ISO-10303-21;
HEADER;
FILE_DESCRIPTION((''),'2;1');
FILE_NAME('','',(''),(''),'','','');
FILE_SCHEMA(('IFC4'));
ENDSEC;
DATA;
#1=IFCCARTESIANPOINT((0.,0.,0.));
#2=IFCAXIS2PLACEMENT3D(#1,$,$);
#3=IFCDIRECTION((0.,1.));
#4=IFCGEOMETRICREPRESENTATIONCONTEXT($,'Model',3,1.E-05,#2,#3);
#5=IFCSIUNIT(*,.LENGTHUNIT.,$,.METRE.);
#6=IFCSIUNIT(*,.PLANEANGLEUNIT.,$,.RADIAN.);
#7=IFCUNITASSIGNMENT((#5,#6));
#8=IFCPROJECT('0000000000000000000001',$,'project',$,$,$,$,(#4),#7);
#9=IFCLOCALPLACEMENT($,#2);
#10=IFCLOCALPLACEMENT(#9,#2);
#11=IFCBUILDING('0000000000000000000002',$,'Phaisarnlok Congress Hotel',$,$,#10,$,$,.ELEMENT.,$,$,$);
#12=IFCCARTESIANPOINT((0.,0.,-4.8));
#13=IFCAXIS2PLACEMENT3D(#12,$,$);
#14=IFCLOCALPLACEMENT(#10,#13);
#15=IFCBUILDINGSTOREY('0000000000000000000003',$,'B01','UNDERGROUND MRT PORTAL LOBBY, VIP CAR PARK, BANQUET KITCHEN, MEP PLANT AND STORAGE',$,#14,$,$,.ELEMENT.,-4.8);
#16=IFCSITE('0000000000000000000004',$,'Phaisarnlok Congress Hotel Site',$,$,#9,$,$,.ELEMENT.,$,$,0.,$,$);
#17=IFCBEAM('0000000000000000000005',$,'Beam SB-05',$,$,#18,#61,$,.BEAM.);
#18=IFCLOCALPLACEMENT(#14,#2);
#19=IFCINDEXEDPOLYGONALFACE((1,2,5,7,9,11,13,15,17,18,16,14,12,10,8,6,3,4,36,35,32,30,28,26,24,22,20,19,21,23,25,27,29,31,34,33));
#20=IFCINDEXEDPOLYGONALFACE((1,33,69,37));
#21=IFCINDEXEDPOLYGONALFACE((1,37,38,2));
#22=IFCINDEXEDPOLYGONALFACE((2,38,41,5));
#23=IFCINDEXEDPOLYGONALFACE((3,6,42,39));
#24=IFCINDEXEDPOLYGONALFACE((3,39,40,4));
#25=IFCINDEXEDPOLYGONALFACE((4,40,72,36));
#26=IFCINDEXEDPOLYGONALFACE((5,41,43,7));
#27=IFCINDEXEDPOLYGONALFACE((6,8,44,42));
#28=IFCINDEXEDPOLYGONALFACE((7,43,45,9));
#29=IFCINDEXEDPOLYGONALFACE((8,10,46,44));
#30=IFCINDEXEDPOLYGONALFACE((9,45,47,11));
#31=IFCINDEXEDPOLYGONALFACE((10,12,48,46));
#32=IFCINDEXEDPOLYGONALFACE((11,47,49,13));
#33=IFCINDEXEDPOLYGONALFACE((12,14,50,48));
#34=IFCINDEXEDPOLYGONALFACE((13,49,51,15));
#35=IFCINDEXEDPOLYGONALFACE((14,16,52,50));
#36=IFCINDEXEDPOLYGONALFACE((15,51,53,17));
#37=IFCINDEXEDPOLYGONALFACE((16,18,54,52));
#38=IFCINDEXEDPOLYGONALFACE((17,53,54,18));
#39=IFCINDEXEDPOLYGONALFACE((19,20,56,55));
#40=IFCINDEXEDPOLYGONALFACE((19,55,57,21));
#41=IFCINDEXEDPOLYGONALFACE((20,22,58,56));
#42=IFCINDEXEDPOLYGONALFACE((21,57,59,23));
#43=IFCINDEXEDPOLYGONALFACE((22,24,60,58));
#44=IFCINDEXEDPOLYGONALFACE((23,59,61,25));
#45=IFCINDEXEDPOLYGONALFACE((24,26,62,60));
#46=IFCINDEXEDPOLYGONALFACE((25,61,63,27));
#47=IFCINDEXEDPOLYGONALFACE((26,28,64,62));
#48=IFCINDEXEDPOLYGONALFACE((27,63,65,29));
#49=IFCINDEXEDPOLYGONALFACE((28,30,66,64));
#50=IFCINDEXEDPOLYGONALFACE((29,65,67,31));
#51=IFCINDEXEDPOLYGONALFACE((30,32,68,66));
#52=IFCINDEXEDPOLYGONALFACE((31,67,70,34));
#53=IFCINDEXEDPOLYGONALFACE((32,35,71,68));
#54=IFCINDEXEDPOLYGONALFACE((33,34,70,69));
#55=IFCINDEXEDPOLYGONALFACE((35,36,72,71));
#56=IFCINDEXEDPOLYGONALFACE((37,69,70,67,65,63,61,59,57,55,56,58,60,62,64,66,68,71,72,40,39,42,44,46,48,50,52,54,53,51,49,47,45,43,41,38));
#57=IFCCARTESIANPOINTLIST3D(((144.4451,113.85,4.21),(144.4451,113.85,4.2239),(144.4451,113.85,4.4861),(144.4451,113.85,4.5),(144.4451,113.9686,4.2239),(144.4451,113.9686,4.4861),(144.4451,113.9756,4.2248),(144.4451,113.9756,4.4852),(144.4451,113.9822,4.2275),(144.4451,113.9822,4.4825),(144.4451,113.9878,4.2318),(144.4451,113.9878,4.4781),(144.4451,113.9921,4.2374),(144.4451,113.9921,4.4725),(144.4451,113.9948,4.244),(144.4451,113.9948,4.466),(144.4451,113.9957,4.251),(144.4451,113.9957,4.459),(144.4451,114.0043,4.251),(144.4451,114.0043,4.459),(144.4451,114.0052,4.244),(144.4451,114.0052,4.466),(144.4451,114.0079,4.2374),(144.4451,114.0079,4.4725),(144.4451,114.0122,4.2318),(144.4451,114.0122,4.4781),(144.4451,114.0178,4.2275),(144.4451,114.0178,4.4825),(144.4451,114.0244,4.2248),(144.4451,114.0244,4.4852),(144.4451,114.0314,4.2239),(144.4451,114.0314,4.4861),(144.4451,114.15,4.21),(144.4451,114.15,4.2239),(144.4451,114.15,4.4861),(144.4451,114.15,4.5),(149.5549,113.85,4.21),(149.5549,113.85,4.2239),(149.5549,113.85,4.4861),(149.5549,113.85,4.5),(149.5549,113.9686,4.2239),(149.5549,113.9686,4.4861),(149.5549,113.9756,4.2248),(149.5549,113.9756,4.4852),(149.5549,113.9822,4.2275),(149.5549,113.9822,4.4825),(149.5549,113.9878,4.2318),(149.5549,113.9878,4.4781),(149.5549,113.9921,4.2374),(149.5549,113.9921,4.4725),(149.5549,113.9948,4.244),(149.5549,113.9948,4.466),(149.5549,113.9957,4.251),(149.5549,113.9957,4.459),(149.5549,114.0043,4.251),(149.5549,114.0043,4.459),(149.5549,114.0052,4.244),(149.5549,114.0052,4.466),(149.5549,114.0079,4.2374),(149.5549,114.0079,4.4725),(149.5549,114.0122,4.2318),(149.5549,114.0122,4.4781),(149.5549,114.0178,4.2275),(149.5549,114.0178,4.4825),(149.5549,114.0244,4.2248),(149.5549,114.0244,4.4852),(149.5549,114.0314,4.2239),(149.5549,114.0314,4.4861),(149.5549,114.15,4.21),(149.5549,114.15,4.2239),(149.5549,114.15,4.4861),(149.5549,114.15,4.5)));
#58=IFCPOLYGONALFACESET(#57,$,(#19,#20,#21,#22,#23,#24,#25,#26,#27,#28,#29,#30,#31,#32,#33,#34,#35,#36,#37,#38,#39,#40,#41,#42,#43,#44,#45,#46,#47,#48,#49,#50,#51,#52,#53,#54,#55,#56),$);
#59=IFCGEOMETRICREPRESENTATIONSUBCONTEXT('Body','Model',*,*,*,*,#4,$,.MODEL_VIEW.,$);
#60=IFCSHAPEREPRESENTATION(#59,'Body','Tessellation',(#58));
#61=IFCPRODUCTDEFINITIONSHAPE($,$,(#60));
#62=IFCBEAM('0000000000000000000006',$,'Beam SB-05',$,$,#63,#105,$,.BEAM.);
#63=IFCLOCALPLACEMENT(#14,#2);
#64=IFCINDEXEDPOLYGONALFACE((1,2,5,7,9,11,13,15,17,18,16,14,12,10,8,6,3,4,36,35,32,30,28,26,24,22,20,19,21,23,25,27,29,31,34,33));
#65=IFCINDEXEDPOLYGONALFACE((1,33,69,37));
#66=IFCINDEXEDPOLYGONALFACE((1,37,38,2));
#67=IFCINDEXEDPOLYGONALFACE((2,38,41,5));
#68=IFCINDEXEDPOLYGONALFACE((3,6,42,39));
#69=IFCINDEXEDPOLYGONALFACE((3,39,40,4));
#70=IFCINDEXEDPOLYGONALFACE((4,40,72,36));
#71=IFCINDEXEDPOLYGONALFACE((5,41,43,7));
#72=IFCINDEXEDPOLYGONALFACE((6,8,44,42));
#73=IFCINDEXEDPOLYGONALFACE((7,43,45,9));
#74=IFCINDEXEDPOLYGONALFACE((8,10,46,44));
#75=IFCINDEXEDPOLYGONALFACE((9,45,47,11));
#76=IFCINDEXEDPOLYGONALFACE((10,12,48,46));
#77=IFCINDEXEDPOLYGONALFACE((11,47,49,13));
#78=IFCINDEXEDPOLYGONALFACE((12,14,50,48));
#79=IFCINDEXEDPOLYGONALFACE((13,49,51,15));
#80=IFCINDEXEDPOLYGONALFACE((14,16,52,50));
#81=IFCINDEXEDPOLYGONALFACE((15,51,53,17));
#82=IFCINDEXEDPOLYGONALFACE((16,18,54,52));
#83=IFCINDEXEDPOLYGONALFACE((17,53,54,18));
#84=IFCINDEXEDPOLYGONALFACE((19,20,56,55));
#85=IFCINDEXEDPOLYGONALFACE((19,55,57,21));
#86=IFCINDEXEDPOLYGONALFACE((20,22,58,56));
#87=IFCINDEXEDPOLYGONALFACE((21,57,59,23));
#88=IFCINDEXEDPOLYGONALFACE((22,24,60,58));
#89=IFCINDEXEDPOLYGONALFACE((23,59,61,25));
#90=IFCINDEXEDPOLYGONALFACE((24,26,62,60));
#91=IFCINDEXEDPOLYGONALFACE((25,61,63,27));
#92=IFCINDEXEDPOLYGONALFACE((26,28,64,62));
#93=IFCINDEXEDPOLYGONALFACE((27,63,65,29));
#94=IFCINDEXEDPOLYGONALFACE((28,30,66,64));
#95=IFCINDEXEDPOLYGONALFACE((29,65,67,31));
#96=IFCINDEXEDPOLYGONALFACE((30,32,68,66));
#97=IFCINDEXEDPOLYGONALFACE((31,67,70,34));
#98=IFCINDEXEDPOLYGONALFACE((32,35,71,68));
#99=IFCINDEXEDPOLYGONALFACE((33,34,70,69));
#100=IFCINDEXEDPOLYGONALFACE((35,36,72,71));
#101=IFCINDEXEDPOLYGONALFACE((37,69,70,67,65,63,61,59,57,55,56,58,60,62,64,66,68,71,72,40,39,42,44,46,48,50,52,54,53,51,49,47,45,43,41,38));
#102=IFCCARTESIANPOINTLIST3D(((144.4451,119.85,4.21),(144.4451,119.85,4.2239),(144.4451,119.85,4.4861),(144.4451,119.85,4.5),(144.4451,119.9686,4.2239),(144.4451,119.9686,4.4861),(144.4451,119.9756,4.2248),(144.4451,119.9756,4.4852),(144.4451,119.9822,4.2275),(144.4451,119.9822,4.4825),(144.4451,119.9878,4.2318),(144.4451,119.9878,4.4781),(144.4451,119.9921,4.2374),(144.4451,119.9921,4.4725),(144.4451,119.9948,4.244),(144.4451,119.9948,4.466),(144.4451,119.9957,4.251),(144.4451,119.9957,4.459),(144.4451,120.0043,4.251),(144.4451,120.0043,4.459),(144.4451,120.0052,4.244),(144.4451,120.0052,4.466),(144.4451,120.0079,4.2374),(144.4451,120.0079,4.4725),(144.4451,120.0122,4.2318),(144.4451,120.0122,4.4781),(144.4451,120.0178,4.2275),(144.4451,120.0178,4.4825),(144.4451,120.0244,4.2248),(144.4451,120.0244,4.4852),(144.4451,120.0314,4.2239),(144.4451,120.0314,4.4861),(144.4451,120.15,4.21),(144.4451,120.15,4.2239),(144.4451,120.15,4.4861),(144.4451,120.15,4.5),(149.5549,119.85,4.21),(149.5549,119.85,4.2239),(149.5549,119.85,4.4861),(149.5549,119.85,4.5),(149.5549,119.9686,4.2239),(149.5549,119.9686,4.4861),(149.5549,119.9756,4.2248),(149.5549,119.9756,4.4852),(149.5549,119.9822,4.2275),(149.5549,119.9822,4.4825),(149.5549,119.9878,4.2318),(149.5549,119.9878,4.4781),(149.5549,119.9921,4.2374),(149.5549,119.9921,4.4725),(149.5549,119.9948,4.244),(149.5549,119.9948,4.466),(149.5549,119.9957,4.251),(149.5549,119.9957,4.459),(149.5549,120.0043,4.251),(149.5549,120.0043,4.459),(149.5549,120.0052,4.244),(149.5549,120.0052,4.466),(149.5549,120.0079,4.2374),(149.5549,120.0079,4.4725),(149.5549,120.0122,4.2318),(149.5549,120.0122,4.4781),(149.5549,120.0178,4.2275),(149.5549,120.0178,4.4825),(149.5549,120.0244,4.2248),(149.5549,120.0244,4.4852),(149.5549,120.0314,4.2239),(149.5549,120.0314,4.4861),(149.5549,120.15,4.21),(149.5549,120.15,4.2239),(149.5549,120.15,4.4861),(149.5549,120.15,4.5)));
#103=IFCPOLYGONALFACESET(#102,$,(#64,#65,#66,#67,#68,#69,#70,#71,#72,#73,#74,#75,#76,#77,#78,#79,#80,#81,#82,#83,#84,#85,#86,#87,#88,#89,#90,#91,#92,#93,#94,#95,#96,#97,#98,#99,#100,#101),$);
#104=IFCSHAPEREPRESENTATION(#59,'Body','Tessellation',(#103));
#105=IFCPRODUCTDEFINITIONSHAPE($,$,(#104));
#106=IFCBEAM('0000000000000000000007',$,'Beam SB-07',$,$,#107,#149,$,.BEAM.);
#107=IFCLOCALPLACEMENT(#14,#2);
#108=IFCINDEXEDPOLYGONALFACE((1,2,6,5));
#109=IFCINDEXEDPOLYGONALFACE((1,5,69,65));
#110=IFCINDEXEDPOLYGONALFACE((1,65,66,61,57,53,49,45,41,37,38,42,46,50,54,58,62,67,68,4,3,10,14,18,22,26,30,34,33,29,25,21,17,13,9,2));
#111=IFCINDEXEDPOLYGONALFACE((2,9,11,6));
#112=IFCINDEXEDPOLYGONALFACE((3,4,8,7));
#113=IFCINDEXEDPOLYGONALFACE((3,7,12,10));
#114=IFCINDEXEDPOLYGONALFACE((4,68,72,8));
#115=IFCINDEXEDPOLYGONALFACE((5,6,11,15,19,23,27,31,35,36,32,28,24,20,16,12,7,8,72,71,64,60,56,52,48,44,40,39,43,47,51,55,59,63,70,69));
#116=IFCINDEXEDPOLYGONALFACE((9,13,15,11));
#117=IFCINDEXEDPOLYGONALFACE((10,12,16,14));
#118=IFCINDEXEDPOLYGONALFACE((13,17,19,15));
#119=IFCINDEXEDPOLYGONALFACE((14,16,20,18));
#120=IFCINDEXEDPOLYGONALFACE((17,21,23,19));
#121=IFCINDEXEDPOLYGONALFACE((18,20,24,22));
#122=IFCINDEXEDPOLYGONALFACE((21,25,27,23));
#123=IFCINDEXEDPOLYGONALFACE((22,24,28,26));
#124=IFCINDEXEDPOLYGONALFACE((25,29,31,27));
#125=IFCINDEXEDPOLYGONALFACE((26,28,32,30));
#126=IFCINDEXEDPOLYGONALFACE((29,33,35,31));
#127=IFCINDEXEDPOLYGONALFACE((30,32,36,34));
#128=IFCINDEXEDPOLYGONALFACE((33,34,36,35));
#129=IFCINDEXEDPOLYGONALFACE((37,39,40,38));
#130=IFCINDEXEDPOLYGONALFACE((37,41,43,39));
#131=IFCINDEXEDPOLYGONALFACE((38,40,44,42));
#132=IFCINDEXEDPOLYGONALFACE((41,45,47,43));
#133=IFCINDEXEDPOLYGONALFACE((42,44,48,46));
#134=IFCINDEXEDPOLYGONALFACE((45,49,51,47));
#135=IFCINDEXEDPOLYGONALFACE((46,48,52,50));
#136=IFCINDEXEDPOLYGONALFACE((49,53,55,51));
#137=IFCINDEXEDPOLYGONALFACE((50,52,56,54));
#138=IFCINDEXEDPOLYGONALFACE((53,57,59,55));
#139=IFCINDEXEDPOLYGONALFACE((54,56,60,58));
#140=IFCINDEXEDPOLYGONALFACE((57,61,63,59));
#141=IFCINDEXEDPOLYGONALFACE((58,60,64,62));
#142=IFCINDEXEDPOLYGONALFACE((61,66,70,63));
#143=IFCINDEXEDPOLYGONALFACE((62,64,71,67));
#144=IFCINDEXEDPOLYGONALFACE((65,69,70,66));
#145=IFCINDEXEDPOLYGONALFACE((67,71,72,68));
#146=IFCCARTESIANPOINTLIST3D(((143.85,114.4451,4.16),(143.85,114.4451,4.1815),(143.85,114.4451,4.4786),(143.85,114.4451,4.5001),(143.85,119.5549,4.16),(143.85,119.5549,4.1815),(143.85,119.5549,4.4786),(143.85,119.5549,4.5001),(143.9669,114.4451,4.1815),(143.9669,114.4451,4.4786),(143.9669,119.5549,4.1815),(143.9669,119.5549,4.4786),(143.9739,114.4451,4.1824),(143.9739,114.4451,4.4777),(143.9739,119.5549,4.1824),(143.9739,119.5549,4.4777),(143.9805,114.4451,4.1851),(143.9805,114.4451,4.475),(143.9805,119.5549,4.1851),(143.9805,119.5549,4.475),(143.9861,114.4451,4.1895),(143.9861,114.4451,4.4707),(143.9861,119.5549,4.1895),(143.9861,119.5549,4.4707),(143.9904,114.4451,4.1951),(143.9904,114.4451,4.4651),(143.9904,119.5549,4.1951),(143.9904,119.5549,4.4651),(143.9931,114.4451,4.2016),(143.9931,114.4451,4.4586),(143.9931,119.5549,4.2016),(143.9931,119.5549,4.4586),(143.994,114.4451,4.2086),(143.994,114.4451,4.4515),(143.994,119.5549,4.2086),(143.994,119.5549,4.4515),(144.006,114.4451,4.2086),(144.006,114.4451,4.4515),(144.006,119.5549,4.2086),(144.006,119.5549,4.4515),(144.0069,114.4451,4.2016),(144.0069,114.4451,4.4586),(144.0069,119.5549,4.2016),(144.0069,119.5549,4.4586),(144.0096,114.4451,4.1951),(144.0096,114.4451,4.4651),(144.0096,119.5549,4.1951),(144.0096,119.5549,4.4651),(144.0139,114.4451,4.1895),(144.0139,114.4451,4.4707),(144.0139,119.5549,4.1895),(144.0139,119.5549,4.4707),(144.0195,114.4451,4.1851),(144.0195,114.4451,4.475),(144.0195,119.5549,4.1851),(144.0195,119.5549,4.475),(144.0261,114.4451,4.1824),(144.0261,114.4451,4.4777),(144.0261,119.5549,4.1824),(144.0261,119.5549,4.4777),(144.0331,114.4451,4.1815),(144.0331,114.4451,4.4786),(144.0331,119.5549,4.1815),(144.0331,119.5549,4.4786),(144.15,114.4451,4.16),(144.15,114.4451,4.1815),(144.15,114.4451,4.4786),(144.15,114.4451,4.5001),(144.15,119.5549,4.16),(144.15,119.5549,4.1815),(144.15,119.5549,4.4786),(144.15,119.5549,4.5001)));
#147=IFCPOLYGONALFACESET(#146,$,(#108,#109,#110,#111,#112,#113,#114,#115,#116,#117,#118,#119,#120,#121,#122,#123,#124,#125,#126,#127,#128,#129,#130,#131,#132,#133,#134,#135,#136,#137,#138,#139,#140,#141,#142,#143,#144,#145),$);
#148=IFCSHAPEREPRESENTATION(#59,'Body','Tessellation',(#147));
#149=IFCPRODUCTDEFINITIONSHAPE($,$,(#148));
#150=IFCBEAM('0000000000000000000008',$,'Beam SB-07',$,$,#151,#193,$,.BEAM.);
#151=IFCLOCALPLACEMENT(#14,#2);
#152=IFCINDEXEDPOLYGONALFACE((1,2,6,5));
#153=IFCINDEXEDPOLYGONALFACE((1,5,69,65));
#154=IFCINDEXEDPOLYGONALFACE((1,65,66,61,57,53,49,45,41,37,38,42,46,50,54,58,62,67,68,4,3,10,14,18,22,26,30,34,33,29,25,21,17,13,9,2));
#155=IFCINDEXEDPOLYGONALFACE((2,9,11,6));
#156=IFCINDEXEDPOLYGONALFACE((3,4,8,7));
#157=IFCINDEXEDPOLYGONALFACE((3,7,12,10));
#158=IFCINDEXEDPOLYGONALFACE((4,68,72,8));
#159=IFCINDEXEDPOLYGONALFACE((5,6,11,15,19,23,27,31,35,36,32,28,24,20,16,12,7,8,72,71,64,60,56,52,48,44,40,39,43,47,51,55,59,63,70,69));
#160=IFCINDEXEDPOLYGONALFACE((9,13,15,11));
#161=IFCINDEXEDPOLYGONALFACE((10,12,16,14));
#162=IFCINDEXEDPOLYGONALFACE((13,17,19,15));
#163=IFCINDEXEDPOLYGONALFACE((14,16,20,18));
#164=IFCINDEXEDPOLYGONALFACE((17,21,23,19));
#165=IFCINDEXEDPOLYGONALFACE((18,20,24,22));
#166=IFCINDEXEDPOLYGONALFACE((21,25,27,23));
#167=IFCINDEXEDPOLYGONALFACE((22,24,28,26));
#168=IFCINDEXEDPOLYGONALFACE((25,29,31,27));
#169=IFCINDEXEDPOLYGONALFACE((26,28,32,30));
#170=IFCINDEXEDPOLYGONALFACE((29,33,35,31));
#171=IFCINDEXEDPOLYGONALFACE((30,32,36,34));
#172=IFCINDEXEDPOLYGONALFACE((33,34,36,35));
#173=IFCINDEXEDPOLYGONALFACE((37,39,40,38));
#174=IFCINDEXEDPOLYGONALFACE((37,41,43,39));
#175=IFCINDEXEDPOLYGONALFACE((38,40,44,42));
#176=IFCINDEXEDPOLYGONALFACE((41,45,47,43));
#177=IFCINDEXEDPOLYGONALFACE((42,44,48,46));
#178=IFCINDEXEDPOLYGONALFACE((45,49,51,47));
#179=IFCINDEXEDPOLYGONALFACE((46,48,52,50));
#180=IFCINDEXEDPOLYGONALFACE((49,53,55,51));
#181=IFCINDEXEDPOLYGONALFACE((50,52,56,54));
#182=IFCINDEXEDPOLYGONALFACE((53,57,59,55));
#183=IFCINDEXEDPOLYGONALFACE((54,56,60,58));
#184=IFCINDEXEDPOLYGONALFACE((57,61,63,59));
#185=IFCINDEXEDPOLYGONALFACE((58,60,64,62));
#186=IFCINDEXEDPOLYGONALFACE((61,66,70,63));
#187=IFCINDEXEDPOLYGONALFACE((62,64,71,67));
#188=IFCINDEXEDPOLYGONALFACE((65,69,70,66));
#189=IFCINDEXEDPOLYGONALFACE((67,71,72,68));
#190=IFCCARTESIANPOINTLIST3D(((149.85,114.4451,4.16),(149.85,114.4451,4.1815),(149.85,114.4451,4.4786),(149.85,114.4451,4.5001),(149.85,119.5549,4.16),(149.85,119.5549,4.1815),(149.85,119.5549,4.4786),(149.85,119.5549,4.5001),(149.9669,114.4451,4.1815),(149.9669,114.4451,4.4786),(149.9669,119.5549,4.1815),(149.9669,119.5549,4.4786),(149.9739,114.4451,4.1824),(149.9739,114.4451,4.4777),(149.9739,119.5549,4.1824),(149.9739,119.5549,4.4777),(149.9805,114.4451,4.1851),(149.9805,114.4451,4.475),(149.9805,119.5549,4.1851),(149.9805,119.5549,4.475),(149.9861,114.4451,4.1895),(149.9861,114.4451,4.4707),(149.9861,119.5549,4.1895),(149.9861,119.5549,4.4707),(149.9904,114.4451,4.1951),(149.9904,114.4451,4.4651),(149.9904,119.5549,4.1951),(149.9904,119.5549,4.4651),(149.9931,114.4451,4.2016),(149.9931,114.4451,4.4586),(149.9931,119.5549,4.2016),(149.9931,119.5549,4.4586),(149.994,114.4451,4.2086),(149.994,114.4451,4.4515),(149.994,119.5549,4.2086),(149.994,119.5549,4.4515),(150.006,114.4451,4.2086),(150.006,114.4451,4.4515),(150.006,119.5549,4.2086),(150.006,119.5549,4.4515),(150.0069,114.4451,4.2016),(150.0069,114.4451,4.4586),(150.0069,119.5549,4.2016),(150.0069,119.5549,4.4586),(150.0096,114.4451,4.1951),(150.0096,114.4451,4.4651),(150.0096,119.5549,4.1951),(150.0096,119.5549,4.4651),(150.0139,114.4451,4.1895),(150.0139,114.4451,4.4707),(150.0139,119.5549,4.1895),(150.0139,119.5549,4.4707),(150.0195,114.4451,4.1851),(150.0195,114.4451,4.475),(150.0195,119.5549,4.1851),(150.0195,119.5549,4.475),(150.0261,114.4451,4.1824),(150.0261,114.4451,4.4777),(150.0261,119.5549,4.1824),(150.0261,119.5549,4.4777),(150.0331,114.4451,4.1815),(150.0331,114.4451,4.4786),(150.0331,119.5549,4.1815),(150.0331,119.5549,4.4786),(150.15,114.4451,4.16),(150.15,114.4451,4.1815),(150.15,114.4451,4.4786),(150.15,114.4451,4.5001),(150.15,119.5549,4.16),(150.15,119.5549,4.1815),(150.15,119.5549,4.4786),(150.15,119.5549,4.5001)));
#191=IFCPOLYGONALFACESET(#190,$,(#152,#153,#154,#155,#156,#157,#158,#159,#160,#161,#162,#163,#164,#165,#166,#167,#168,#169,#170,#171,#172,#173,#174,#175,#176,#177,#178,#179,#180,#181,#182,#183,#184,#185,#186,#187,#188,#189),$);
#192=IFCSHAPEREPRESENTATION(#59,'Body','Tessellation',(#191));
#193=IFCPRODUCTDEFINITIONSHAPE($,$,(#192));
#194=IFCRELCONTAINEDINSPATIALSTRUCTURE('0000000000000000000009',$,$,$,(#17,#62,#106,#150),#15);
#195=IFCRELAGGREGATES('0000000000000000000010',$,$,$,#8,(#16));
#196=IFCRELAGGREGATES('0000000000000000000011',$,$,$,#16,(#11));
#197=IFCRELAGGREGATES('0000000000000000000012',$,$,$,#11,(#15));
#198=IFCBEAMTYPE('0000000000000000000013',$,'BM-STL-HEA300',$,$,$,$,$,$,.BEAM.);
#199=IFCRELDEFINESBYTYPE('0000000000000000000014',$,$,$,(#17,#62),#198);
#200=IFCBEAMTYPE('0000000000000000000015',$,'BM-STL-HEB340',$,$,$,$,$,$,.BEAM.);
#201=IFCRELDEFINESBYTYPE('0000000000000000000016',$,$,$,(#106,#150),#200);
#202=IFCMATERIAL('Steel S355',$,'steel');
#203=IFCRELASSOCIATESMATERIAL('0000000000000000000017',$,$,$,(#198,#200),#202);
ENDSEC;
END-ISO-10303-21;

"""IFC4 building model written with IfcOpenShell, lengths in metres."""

from ifc_helpers import new_model, si_unit, direction, frame, origin, origin_2d, place, context, subcontext, project, spatial, i_section, extrude, material, material_profile, profile_set, type_object, element, save


model = new_model("IFC4")

# Units and contexts
model_context = context("Model", 3, precision=1e-05, world=origin(), true_north=direction((0.0, 1.0)))
body_context = subcontext(model_context, "Body", "Model", "MODEL_VIEW")
ifc_project = project(units=[si_unit("LENGTHUNIT", "METRE"), si_unit("PLANEANGLEUNIT", "RADIAN")], contexts=[model_context])

# Site, building, storey
site_placement = place(None, origin())
site = spatial("IfcSite", under=ifc_project, at=site_placement, Name="Phaisarnlok Congress Hotel Site", CompositionType="ELEMENT", RefElevation=0.0)
building_placement = place(site_placement, origin())
building = spatial("IfcBuilding", under=site, at=building_placement, Name="Phaisarnlok Congress Hotel", CompositionType="ELEMENT")
storey_placement = place(building_placement, frame((0.0, 0.0, -4.8)))
storey = spatial("IfcBuildingStorey", under=building, at=storey_placement, Name="B01", Description="UNDERGROUND MRT PORTAL LOBBY, VIP CAR PARK, BANQUET KITCHEN, MEP PLANT AND STORAGE", CompositionType="ELEMENT", Elevation=-4.8)

# Beams
ifc_material_1 = material(Name="Steel S355", Category="steel")
ifc_material_profile_1 = material_profile(ifc_material_1, i_section(OverallWidth=0.3, OverallDepth=0.29, WebThickness=0.0085, FlangeThickness=0.0139, FilletRadius=0.0271, at=origin_2d()), Name="HEA 300")
ifc_profile_set_1 = profile_set([ifc_material_profile_1], Name="Steel S355")
beam_type_1 = type_object("IfcBeamType", Name="BM-STL-HEA300", PredefinedType="BEAM", material=ifc_profile_set_1)
for number, where, z_axis, x_axis, name in (
    (1, (144.4451, 114.0, 4.355), (1.0, 0.0, 0.0), (0.0, 1.0, 0.0), "Beam SB-05"),
    (2, (144.4451, 120.0, 4.355), (1.0, 0.0, 0.0), (0.0, 1.0, 0.0), "Beam SB-05"),
):
    element("IfcBeam", number, at=place(storey_placement, frame(where, z_axis=z_axis, x_axis=x_axis)), inside=storey, type_object=beam_type_1, Name=name, PredefinedType="BEAM", context=body_context, shape_type="SweptSolid", body=[
        extrude(i_section(OverallWidth=0.3, OverallDepth=0.29, WebThickness=0.0085, FlangeThickness=0.0139, FilletRadius=0.0271, at=origin_2d()), origin(), (0.0, 0.0, 1.0), 5.1099),
    ])
ifc_material_profile_2 = material_profile(ifc_material_1, i_section(OverallWidth=0.3, OverallDepth=0.3401, WebThickness=0.012, FlangeThickness=0.0215, FilletRadius=0.0271, at=origin_2d()), Name="HEB 340")
ifc_profile_set_2 = profile_set([ifc_material_profile_2], Name="Steel S355")
beam_type_2 = type_object("IfcBeamType", Name="BM-STL-HEB340", PredefinedType="BEAM", material=ifc_profile_set_2)
for number, where, z_axis, x_axis, name in (
    (3, (144.0, 114.4451, 4.3301), (0.0, 1.0, 0.0), (-1.0, 0.0, 0.0), "Beam SB-07"),
    (4, (150.0, 114.4451, 4.3301), (0.0, 1.0, 0.0), (-1.0, 0.0, 0.0), "Beam SB-07"),
):
    element("IfcBeam", number, at=place(storey_placement, frame(where, z_axis=z_axis, x_axis=x_axis)), inside=storey, type_object=beam_type_2, Name=name, PredefinedType="BEAM", context=body_context, shape_type="SweptSolid", body=[
        extrude(i_section(OverallWidth=0.3, OverallDepth=0.3401, WebThickness=0.012, FlangeThickness=0.0215, FilletRadius=0.0271, at=origin_2d()), origin(), (0.0, 0.0, 1.0), 5.1099),
    ])

save(model, "model.ifc")
